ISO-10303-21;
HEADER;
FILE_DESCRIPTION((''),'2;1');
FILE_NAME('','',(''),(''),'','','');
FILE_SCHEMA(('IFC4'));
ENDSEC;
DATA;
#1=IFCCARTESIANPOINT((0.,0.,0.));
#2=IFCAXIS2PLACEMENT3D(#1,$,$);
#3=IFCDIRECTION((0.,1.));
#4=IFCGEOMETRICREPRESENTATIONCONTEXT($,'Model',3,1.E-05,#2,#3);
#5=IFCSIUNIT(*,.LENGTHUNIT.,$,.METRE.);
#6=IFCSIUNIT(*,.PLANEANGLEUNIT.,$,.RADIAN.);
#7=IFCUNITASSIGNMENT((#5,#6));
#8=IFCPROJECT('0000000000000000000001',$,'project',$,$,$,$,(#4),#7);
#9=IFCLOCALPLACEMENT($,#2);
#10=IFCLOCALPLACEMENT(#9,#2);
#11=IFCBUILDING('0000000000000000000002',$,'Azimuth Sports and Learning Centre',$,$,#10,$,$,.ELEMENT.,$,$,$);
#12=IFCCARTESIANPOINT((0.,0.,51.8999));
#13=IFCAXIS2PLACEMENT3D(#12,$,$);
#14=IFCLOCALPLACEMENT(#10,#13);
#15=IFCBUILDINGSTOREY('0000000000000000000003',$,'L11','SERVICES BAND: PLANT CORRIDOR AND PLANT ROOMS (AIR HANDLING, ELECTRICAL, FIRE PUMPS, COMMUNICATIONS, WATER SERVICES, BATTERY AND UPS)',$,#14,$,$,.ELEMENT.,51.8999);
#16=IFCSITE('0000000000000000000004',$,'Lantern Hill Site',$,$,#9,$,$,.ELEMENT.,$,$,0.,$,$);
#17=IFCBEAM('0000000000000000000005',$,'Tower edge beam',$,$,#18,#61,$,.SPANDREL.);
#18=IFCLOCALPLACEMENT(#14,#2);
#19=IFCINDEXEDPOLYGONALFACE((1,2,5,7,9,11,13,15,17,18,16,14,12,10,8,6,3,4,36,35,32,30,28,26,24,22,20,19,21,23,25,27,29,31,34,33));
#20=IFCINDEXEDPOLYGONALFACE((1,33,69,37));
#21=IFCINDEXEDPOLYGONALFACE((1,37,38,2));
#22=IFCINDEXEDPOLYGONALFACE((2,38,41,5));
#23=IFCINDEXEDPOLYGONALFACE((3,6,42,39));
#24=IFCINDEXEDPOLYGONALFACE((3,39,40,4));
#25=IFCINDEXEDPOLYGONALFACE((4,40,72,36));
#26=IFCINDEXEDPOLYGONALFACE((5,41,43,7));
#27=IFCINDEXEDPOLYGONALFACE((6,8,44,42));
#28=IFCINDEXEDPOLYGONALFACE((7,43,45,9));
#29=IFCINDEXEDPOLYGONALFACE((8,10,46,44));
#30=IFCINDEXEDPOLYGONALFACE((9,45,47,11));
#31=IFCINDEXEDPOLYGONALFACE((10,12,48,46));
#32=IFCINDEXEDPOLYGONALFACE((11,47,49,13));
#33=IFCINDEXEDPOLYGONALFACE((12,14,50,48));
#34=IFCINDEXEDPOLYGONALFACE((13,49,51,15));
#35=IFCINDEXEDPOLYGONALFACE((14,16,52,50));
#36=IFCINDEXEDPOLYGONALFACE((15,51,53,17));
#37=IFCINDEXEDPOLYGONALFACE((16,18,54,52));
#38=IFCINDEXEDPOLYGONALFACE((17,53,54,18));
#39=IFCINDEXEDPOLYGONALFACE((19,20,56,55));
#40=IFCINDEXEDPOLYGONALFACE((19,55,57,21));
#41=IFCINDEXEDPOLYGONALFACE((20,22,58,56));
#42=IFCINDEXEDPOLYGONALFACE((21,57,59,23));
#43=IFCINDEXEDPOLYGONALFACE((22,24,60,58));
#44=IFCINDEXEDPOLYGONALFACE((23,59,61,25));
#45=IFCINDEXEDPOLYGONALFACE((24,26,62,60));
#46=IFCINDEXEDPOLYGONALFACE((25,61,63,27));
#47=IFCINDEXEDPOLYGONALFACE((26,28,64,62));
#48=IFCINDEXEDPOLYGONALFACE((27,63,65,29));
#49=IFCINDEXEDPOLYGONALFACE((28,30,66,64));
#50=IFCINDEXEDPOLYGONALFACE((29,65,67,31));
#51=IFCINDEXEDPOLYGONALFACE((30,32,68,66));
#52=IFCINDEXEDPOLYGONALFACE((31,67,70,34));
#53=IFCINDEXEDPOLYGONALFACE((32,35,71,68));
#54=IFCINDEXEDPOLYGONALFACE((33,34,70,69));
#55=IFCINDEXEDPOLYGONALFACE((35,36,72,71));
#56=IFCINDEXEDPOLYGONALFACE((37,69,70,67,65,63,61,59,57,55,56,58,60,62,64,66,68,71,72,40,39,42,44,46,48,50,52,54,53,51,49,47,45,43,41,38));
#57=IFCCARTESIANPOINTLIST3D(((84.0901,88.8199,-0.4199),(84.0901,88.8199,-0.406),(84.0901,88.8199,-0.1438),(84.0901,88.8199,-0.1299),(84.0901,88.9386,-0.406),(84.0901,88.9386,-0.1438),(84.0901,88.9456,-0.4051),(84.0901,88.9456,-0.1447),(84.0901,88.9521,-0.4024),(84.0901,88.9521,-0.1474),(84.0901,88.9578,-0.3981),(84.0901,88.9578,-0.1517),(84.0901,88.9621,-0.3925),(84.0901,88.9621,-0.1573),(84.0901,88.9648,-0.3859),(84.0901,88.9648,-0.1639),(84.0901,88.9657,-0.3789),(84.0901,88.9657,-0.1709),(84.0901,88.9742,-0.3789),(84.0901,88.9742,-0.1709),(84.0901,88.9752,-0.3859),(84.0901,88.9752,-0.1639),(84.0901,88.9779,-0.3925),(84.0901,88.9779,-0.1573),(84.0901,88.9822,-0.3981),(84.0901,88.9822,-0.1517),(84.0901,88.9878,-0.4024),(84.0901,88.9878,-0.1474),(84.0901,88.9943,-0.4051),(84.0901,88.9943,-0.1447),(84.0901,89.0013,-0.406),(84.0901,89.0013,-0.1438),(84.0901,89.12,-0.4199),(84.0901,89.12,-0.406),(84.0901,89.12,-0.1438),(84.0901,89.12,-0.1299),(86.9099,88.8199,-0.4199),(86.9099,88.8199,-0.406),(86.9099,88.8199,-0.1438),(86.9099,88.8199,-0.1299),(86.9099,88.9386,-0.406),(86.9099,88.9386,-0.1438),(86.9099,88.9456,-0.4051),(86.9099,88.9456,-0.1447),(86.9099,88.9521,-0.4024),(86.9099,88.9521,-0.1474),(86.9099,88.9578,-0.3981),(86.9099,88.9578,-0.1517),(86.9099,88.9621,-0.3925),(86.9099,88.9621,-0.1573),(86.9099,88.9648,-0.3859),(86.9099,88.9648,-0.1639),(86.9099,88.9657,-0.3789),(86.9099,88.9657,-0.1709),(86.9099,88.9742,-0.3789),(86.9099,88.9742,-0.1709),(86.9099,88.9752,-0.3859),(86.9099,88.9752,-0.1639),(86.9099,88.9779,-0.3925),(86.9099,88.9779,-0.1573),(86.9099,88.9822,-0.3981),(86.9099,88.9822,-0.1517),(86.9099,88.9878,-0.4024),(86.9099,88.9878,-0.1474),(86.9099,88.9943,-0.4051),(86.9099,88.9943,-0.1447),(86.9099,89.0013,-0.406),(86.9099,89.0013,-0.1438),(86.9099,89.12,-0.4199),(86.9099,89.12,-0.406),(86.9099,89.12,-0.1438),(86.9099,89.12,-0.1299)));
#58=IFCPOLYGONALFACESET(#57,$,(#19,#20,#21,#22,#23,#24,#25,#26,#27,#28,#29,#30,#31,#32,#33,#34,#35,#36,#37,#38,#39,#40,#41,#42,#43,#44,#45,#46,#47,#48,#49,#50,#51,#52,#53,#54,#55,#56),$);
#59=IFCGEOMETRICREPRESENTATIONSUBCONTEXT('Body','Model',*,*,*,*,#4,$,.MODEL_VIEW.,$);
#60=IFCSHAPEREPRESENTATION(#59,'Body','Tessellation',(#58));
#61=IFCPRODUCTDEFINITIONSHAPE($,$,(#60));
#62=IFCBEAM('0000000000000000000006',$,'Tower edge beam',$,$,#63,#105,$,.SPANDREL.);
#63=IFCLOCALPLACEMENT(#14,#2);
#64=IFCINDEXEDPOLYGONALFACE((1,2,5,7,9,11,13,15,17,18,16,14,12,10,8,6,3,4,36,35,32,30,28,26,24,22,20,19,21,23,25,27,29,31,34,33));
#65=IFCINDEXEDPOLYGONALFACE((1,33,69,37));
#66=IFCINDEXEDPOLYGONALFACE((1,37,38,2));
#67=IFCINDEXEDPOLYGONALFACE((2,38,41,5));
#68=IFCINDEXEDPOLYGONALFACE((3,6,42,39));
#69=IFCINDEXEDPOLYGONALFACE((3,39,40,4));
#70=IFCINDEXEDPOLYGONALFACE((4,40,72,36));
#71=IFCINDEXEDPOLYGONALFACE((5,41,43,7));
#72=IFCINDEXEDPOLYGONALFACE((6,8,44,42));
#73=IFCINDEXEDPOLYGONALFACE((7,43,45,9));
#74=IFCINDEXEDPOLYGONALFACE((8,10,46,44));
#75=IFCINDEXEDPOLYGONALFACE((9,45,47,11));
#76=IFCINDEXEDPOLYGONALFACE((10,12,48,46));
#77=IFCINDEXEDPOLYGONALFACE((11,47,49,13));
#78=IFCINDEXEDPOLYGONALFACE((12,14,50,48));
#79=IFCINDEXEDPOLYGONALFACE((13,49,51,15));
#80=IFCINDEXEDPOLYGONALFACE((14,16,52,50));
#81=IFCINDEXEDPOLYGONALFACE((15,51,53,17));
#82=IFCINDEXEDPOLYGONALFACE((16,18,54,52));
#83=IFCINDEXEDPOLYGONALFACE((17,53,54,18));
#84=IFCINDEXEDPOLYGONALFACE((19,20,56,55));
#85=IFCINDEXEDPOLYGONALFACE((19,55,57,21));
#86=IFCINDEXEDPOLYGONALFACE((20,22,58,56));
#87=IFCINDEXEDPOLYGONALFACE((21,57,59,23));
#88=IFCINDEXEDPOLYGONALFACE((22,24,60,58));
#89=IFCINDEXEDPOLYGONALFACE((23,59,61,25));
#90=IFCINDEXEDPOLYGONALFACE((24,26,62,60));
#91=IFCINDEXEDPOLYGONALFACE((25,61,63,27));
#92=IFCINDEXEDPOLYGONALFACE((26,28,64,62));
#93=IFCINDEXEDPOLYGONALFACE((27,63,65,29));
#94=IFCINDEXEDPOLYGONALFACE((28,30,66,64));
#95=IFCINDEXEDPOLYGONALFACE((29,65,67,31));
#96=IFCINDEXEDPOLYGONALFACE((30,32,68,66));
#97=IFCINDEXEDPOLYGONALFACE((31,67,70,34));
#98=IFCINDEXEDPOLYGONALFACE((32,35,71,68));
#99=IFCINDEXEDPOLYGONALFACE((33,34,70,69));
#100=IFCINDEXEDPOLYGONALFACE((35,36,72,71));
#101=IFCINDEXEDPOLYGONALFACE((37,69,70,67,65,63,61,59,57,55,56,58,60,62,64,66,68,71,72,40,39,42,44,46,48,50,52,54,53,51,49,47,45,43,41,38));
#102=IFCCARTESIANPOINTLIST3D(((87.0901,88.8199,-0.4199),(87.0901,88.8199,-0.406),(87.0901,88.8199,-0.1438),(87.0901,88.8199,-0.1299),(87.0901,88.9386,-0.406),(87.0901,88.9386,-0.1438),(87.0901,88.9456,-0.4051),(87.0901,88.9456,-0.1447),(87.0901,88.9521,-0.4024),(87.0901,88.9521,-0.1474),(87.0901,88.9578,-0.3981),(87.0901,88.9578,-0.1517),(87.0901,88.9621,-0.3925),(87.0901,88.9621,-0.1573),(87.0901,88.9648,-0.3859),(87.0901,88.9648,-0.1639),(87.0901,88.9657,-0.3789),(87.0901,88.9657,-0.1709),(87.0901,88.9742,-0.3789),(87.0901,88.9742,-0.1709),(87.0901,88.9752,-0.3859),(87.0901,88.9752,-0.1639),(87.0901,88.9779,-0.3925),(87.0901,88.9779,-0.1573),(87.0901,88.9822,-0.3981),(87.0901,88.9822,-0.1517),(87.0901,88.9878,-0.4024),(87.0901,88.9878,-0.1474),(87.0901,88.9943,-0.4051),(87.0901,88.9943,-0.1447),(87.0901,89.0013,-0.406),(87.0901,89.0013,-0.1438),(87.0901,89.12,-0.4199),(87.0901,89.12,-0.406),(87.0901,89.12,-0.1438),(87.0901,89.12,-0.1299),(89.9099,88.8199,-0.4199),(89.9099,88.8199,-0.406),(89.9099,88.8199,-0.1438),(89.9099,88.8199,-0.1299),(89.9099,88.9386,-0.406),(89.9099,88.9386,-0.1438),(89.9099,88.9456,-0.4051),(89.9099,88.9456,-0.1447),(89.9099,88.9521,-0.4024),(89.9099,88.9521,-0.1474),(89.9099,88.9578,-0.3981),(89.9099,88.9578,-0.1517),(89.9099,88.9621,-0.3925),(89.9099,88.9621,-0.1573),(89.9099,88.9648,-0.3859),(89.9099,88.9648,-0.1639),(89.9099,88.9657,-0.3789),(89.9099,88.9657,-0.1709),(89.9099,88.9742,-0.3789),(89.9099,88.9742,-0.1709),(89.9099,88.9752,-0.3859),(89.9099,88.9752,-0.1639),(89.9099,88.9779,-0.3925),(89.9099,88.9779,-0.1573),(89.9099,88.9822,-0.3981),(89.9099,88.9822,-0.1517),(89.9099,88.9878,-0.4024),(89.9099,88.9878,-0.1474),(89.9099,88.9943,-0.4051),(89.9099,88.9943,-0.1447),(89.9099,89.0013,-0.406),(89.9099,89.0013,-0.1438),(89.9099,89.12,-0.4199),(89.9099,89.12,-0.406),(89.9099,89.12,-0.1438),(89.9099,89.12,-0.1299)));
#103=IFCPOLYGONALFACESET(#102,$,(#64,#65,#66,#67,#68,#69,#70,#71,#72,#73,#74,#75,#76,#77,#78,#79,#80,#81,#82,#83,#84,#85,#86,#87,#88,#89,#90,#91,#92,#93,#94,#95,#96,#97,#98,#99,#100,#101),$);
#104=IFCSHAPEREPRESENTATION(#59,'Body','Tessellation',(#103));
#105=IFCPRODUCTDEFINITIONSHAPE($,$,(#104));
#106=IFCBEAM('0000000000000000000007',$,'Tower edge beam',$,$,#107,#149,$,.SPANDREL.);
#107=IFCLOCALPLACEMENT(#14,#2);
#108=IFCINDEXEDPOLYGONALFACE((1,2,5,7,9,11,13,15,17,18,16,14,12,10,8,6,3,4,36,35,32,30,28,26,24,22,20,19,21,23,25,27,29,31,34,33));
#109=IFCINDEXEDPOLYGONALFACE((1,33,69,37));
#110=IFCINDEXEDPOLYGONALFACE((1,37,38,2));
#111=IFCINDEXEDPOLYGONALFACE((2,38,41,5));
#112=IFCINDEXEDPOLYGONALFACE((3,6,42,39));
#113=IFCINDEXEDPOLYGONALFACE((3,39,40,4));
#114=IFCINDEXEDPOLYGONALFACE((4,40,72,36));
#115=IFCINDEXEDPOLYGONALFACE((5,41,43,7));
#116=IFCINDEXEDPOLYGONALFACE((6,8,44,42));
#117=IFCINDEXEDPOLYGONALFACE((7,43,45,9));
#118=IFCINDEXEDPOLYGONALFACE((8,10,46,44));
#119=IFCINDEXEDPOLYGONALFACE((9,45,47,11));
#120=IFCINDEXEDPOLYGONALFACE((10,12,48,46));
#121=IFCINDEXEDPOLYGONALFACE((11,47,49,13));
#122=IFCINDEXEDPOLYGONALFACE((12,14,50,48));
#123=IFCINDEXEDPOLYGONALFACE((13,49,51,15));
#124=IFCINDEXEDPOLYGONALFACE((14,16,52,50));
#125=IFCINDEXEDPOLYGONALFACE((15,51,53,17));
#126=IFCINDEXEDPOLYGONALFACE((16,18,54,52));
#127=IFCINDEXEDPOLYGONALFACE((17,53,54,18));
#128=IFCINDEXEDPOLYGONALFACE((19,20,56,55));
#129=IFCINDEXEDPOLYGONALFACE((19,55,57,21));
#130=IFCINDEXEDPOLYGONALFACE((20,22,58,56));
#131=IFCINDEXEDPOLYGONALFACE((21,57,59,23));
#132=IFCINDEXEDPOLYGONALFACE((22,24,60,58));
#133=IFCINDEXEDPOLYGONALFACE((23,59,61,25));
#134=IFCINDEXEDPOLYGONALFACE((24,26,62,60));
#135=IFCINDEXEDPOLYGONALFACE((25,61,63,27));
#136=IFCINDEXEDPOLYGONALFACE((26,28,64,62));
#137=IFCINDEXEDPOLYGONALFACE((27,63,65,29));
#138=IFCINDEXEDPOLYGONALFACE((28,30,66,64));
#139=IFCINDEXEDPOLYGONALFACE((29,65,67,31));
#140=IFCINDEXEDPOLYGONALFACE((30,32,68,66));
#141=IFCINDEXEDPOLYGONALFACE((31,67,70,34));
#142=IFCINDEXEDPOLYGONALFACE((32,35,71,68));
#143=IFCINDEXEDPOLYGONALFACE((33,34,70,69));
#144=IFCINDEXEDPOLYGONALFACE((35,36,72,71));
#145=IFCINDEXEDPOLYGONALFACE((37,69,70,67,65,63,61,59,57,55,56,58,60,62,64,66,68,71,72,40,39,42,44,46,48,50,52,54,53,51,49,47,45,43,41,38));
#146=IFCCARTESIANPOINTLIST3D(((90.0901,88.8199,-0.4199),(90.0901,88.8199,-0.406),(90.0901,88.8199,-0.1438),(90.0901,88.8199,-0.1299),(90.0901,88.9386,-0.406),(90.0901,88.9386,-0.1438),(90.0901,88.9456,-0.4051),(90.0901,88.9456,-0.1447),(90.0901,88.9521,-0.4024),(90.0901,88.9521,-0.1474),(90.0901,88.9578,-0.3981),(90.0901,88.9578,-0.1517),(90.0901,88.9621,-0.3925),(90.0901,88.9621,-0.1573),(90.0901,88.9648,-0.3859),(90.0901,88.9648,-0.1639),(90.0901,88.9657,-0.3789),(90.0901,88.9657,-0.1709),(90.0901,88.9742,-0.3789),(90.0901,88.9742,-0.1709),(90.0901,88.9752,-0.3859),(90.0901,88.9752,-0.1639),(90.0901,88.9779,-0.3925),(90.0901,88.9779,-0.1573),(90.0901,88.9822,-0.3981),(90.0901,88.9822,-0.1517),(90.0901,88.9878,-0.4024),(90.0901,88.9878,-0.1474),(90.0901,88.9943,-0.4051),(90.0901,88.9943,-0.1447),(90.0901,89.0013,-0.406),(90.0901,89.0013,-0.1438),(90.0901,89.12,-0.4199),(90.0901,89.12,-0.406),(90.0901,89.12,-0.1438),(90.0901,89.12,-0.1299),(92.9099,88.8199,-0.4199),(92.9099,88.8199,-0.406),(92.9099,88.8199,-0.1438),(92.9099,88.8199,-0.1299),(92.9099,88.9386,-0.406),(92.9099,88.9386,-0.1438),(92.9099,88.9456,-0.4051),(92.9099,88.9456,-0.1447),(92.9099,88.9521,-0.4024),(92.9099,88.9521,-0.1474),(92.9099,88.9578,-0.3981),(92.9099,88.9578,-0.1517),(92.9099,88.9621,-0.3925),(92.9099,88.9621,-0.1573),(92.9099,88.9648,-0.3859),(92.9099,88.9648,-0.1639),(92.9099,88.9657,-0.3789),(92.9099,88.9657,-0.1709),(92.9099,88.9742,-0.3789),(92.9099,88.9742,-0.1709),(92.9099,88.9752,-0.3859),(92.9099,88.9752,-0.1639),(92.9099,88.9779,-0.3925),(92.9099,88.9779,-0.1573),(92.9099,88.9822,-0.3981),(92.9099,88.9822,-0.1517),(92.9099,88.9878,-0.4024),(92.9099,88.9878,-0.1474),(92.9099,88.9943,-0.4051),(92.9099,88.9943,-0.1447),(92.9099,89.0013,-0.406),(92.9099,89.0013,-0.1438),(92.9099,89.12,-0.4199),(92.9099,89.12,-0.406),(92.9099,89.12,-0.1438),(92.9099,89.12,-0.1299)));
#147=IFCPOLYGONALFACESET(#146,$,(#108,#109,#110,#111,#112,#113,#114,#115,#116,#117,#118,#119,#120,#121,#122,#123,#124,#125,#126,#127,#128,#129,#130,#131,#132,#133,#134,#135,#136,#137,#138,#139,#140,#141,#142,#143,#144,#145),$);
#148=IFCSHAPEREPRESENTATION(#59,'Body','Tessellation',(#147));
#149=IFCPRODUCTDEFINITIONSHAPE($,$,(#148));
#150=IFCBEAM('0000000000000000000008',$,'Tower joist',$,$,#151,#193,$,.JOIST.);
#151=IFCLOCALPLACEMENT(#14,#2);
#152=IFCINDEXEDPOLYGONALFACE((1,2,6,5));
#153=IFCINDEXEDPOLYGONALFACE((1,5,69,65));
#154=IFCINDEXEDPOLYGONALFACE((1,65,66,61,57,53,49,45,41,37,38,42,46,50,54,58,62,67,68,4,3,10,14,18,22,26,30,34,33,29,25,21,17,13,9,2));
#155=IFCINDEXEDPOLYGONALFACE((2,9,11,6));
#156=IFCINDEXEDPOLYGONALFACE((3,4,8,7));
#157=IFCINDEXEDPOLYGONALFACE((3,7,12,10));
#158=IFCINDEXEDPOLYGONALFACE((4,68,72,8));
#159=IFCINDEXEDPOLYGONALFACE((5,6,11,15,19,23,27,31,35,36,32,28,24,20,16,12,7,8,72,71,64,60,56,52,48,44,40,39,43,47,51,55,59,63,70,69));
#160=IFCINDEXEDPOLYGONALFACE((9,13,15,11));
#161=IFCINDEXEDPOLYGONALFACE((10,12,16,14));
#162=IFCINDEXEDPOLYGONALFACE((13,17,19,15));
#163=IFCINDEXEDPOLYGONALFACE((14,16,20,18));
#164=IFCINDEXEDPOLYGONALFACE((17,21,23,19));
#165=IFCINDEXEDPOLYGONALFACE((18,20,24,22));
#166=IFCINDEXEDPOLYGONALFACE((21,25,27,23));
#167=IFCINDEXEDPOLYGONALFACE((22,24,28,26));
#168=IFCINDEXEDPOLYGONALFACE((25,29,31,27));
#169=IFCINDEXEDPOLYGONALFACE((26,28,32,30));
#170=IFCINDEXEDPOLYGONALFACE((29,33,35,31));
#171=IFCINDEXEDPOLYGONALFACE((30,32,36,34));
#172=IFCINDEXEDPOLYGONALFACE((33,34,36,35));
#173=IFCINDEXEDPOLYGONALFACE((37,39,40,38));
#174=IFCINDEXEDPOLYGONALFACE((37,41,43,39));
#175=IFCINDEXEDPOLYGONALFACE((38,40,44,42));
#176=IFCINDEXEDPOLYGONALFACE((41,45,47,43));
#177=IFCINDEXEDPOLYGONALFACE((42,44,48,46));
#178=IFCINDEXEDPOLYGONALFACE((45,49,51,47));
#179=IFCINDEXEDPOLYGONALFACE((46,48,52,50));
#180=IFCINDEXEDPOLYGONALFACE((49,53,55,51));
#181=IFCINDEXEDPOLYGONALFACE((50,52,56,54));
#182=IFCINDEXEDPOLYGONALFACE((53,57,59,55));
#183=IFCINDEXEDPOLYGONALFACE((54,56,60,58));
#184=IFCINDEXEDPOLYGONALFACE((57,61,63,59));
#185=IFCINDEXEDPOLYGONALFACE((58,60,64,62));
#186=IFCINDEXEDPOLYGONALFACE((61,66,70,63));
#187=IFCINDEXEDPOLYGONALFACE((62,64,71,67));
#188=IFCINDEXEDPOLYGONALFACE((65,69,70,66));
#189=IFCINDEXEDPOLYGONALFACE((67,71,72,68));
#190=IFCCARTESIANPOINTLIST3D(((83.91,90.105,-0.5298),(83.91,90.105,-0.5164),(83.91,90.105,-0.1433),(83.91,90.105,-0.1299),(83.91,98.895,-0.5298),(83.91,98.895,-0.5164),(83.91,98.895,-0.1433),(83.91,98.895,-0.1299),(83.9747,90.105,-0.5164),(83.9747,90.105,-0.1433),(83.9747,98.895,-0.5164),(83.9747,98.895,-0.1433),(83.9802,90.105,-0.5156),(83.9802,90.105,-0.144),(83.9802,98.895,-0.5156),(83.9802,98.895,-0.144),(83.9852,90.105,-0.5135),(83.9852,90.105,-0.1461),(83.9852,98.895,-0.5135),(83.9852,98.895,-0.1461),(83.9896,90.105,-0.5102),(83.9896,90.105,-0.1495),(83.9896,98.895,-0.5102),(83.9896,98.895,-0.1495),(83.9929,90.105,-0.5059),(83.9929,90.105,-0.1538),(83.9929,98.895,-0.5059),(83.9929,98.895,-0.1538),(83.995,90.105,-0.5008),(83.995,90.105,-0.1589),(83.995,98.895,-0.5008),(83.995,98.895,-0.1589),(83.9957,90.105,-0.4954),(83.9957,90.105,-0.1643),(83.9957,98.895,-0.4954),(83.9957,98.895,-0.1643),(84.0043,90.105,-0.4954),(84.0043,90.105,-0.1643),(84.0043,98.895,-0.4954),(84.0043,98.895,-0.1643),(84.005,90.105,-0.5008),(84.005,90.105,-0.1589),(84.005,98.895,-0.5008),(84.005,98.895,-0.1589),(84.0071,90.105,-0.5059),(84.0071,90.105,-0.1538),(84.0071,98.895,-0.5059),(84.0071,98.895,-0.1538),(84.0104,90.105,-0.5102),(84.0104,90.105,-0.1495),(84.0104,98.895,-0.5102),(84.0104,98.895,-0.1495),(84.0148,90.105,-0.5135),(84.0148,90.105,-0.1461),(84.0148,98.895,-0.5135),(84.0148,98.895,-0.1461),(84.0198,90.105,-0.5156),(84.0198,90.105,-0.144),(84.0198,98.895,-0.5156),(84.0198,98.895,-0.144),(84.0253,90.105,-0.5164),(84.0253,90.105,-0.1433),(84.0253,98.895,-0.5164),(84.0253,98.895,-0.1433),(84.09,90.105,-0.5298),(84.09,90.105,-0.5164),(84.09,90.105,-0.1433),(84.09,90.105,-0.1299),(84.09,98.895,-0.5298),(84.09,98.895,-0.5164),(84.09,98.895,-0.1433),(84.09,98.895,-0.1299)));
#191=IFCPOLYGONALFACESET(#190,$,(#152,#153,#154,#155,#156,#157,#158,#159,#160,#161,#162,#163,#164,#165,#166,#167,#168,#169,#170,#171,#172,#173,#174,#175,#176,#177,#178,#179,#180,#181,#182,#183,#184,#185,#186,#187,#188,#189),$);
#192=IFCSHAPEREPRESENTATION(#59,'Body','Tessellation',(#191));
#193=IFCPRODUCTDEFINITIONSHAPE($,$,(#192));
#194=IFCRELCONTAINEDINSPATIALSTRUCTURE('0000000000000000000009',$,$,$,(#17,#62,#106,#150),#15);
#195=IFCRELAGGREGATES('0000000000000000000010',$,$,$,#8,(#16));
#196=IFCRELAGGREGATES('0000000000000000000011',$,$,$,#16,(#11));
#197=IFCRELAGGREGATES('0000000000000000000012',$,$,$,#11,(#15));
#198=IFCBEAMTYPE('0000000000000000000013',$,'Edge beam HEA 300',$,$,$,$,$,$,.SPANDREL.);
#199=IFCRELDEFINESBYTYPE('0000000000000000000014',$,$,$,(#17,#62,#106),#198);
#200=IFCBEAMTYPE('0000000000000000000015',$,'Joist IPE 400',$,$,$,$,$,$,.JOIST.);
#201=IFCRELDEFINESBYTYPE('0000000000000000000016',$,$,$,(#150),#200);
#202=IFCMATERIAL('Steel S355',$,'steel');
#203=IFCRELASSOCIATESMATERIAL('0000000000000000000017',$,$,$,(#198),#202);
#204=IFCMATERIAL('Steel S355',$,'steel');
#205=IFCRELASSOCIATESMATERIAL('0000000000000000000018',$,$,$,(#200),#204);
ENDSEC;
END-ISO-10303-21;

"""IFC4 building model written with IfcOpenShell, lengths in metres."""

from ifc_helpers import new_model, si_unit, direction, frame, origin, origin_2d, place, context, subcontext, project, spatial, i_section, extrude, material, material_profile, profile_set, type_object, element, save


model = new_model("IFC4")

# Units and contexts
model_context = context("Model", 3, precision=1e-05, world=origin(), true_north=direction((0.0, 1.0)))
body_context = subcontext(model_context, "Body", "Model", "MODEL_VIEW")
ifc_project = project(units=[si_unit("LENGTHUNIT", "METRE"), si_unit("PLANEANGLEUNIT", "RADIAN")], contexts=[model_context])

# Site, building, storey
site_placement = place(None, origin())
site = spatial("IfcSite", under=ifc_project, at=site_placement, Name="Lantern Hill Site", CompositionType="ELEMENT", RefElevation=0.0)
building_placement = place(site_placement, origin())
building = spatial("IfcBuilding", under=site, at=building_placement, Name="Azimuth Sports and Learning Centre", CompositionType="ELEMENT")
storey_placement = place(building_placement, frame((0.0, 0.0, 51.8999)))
storey = spatial("IfcBuildingStorey", under=building, at=storey_placement, Name="L11", Description="SERVICES BAND: PLANT CORRIDOR AND PLANT ROOMS (AIR HANDLING, ELECTRICAL, FIRE PUMPS, COMMUNICATIONS, WATER SERVICES, BATTERY AND UPS)", CompositionType="ELEMENT", Elevation=51.8999)

# Beams
ifc_material_1 = material(Name="Steel S355", Category="steel")
ifc_material_profile_1 = material_profile(ifc_material_1, i_section(OverallWidth=0.3, OverallDepth=0.29, WebThickness=0.0085, FlangeThickness=0.0139, FilletRadius=0.0271, at=origin_2d()), Name="HEA 300")
ifc_profile_set_1 = profile_set([ifc_material_profile_1], Name="Steel S355")
beam_type_1 = type_object("IfcBeamType", Name="Edge beam HEA 300", PredefinedType="SPANDREL", material=ifc_profile_set_1)
for number, where, z_axis, x_axis, name in (
    (1, (84.0901, 88.97, -0.2749), (1.0, 0.0, 0.0), (0.0, 1.0, 0.0), "Tower edge beam"),
    (2, (87.0901, 88.97, -0.2749), (1.0, 0.0, 0.0), (0.0, 1.0, 0.0), "Tower edge beam"),
    (3, (90.0901, 88.97, -0.2749), (1.0, 0.0, 0.0), (0.0, 1.0, 0.0), "Tower edge beam"),
):
    element("IfcBeam", number, at=place(storey_placement, frame(where, z_axis=z_axis, x_axis=x_axis)), inside=storey, type_object=beam_type_1, Name=name, PredefinedType="SPANDREL", context=body_context, shape_type="SweptSolid", body=[
        extrude(i_section(OverallWidth=0.3, OverallDepth=0.29, WebThickness=0.0085, FlangeThickness=0.0139, FilletRadius=0.0271, at=origin_2d()), origin(), (0.0, 0.0, 1.0), 2.8198),
    ])
ifc_material_2 = material(Name="Steel S355", Category="steel")
ifc_material_profile_2 = material_profile(ifc_material_2, i_section(OverallWidth=0.1799, OverallDepth=0.3999, WebThickness=0.0085, FlangeThickness=0.0134, FilletRadius=0.021, at=origin_2d()), Name="IPE 400")
ifc_profile_set_2 = profile_set([ifc_material_profile_2], Name="Steel S355")
beam_type_2 = type_object("IfcBeamType", Name="Joist IPE 400", PredefinedType="JOIST", material=ifc_profile_set_2)
for number, where, z_axis, x_axis, name in (
    (4, (84.0, 90.105, -0.3298), (0.0, 1.0, 0.0), (-1.0, 0.0, 0.0), "Tower joist"),
):
    element("IfcBeam", number, at=place(storey_placement, frame(where, z_axis=z_axis, x_axis=x_axis)), inside=storey, type_object=beam_type_2, Name=name, PredefinedType="JOIST", context=body_context, shape_type="SweptSolid", body=[
        extrude(i_section(OverallWidth=0.1799, OverallDepth=0.3999, WebThickness=0.0085, FlangeThickness=0.0134, FilletRadius=0.021, at=origin_2d()), origin(), (0.0, 0.0, 1.0), 8.79),
    ])

save(model, "model.ifc")
